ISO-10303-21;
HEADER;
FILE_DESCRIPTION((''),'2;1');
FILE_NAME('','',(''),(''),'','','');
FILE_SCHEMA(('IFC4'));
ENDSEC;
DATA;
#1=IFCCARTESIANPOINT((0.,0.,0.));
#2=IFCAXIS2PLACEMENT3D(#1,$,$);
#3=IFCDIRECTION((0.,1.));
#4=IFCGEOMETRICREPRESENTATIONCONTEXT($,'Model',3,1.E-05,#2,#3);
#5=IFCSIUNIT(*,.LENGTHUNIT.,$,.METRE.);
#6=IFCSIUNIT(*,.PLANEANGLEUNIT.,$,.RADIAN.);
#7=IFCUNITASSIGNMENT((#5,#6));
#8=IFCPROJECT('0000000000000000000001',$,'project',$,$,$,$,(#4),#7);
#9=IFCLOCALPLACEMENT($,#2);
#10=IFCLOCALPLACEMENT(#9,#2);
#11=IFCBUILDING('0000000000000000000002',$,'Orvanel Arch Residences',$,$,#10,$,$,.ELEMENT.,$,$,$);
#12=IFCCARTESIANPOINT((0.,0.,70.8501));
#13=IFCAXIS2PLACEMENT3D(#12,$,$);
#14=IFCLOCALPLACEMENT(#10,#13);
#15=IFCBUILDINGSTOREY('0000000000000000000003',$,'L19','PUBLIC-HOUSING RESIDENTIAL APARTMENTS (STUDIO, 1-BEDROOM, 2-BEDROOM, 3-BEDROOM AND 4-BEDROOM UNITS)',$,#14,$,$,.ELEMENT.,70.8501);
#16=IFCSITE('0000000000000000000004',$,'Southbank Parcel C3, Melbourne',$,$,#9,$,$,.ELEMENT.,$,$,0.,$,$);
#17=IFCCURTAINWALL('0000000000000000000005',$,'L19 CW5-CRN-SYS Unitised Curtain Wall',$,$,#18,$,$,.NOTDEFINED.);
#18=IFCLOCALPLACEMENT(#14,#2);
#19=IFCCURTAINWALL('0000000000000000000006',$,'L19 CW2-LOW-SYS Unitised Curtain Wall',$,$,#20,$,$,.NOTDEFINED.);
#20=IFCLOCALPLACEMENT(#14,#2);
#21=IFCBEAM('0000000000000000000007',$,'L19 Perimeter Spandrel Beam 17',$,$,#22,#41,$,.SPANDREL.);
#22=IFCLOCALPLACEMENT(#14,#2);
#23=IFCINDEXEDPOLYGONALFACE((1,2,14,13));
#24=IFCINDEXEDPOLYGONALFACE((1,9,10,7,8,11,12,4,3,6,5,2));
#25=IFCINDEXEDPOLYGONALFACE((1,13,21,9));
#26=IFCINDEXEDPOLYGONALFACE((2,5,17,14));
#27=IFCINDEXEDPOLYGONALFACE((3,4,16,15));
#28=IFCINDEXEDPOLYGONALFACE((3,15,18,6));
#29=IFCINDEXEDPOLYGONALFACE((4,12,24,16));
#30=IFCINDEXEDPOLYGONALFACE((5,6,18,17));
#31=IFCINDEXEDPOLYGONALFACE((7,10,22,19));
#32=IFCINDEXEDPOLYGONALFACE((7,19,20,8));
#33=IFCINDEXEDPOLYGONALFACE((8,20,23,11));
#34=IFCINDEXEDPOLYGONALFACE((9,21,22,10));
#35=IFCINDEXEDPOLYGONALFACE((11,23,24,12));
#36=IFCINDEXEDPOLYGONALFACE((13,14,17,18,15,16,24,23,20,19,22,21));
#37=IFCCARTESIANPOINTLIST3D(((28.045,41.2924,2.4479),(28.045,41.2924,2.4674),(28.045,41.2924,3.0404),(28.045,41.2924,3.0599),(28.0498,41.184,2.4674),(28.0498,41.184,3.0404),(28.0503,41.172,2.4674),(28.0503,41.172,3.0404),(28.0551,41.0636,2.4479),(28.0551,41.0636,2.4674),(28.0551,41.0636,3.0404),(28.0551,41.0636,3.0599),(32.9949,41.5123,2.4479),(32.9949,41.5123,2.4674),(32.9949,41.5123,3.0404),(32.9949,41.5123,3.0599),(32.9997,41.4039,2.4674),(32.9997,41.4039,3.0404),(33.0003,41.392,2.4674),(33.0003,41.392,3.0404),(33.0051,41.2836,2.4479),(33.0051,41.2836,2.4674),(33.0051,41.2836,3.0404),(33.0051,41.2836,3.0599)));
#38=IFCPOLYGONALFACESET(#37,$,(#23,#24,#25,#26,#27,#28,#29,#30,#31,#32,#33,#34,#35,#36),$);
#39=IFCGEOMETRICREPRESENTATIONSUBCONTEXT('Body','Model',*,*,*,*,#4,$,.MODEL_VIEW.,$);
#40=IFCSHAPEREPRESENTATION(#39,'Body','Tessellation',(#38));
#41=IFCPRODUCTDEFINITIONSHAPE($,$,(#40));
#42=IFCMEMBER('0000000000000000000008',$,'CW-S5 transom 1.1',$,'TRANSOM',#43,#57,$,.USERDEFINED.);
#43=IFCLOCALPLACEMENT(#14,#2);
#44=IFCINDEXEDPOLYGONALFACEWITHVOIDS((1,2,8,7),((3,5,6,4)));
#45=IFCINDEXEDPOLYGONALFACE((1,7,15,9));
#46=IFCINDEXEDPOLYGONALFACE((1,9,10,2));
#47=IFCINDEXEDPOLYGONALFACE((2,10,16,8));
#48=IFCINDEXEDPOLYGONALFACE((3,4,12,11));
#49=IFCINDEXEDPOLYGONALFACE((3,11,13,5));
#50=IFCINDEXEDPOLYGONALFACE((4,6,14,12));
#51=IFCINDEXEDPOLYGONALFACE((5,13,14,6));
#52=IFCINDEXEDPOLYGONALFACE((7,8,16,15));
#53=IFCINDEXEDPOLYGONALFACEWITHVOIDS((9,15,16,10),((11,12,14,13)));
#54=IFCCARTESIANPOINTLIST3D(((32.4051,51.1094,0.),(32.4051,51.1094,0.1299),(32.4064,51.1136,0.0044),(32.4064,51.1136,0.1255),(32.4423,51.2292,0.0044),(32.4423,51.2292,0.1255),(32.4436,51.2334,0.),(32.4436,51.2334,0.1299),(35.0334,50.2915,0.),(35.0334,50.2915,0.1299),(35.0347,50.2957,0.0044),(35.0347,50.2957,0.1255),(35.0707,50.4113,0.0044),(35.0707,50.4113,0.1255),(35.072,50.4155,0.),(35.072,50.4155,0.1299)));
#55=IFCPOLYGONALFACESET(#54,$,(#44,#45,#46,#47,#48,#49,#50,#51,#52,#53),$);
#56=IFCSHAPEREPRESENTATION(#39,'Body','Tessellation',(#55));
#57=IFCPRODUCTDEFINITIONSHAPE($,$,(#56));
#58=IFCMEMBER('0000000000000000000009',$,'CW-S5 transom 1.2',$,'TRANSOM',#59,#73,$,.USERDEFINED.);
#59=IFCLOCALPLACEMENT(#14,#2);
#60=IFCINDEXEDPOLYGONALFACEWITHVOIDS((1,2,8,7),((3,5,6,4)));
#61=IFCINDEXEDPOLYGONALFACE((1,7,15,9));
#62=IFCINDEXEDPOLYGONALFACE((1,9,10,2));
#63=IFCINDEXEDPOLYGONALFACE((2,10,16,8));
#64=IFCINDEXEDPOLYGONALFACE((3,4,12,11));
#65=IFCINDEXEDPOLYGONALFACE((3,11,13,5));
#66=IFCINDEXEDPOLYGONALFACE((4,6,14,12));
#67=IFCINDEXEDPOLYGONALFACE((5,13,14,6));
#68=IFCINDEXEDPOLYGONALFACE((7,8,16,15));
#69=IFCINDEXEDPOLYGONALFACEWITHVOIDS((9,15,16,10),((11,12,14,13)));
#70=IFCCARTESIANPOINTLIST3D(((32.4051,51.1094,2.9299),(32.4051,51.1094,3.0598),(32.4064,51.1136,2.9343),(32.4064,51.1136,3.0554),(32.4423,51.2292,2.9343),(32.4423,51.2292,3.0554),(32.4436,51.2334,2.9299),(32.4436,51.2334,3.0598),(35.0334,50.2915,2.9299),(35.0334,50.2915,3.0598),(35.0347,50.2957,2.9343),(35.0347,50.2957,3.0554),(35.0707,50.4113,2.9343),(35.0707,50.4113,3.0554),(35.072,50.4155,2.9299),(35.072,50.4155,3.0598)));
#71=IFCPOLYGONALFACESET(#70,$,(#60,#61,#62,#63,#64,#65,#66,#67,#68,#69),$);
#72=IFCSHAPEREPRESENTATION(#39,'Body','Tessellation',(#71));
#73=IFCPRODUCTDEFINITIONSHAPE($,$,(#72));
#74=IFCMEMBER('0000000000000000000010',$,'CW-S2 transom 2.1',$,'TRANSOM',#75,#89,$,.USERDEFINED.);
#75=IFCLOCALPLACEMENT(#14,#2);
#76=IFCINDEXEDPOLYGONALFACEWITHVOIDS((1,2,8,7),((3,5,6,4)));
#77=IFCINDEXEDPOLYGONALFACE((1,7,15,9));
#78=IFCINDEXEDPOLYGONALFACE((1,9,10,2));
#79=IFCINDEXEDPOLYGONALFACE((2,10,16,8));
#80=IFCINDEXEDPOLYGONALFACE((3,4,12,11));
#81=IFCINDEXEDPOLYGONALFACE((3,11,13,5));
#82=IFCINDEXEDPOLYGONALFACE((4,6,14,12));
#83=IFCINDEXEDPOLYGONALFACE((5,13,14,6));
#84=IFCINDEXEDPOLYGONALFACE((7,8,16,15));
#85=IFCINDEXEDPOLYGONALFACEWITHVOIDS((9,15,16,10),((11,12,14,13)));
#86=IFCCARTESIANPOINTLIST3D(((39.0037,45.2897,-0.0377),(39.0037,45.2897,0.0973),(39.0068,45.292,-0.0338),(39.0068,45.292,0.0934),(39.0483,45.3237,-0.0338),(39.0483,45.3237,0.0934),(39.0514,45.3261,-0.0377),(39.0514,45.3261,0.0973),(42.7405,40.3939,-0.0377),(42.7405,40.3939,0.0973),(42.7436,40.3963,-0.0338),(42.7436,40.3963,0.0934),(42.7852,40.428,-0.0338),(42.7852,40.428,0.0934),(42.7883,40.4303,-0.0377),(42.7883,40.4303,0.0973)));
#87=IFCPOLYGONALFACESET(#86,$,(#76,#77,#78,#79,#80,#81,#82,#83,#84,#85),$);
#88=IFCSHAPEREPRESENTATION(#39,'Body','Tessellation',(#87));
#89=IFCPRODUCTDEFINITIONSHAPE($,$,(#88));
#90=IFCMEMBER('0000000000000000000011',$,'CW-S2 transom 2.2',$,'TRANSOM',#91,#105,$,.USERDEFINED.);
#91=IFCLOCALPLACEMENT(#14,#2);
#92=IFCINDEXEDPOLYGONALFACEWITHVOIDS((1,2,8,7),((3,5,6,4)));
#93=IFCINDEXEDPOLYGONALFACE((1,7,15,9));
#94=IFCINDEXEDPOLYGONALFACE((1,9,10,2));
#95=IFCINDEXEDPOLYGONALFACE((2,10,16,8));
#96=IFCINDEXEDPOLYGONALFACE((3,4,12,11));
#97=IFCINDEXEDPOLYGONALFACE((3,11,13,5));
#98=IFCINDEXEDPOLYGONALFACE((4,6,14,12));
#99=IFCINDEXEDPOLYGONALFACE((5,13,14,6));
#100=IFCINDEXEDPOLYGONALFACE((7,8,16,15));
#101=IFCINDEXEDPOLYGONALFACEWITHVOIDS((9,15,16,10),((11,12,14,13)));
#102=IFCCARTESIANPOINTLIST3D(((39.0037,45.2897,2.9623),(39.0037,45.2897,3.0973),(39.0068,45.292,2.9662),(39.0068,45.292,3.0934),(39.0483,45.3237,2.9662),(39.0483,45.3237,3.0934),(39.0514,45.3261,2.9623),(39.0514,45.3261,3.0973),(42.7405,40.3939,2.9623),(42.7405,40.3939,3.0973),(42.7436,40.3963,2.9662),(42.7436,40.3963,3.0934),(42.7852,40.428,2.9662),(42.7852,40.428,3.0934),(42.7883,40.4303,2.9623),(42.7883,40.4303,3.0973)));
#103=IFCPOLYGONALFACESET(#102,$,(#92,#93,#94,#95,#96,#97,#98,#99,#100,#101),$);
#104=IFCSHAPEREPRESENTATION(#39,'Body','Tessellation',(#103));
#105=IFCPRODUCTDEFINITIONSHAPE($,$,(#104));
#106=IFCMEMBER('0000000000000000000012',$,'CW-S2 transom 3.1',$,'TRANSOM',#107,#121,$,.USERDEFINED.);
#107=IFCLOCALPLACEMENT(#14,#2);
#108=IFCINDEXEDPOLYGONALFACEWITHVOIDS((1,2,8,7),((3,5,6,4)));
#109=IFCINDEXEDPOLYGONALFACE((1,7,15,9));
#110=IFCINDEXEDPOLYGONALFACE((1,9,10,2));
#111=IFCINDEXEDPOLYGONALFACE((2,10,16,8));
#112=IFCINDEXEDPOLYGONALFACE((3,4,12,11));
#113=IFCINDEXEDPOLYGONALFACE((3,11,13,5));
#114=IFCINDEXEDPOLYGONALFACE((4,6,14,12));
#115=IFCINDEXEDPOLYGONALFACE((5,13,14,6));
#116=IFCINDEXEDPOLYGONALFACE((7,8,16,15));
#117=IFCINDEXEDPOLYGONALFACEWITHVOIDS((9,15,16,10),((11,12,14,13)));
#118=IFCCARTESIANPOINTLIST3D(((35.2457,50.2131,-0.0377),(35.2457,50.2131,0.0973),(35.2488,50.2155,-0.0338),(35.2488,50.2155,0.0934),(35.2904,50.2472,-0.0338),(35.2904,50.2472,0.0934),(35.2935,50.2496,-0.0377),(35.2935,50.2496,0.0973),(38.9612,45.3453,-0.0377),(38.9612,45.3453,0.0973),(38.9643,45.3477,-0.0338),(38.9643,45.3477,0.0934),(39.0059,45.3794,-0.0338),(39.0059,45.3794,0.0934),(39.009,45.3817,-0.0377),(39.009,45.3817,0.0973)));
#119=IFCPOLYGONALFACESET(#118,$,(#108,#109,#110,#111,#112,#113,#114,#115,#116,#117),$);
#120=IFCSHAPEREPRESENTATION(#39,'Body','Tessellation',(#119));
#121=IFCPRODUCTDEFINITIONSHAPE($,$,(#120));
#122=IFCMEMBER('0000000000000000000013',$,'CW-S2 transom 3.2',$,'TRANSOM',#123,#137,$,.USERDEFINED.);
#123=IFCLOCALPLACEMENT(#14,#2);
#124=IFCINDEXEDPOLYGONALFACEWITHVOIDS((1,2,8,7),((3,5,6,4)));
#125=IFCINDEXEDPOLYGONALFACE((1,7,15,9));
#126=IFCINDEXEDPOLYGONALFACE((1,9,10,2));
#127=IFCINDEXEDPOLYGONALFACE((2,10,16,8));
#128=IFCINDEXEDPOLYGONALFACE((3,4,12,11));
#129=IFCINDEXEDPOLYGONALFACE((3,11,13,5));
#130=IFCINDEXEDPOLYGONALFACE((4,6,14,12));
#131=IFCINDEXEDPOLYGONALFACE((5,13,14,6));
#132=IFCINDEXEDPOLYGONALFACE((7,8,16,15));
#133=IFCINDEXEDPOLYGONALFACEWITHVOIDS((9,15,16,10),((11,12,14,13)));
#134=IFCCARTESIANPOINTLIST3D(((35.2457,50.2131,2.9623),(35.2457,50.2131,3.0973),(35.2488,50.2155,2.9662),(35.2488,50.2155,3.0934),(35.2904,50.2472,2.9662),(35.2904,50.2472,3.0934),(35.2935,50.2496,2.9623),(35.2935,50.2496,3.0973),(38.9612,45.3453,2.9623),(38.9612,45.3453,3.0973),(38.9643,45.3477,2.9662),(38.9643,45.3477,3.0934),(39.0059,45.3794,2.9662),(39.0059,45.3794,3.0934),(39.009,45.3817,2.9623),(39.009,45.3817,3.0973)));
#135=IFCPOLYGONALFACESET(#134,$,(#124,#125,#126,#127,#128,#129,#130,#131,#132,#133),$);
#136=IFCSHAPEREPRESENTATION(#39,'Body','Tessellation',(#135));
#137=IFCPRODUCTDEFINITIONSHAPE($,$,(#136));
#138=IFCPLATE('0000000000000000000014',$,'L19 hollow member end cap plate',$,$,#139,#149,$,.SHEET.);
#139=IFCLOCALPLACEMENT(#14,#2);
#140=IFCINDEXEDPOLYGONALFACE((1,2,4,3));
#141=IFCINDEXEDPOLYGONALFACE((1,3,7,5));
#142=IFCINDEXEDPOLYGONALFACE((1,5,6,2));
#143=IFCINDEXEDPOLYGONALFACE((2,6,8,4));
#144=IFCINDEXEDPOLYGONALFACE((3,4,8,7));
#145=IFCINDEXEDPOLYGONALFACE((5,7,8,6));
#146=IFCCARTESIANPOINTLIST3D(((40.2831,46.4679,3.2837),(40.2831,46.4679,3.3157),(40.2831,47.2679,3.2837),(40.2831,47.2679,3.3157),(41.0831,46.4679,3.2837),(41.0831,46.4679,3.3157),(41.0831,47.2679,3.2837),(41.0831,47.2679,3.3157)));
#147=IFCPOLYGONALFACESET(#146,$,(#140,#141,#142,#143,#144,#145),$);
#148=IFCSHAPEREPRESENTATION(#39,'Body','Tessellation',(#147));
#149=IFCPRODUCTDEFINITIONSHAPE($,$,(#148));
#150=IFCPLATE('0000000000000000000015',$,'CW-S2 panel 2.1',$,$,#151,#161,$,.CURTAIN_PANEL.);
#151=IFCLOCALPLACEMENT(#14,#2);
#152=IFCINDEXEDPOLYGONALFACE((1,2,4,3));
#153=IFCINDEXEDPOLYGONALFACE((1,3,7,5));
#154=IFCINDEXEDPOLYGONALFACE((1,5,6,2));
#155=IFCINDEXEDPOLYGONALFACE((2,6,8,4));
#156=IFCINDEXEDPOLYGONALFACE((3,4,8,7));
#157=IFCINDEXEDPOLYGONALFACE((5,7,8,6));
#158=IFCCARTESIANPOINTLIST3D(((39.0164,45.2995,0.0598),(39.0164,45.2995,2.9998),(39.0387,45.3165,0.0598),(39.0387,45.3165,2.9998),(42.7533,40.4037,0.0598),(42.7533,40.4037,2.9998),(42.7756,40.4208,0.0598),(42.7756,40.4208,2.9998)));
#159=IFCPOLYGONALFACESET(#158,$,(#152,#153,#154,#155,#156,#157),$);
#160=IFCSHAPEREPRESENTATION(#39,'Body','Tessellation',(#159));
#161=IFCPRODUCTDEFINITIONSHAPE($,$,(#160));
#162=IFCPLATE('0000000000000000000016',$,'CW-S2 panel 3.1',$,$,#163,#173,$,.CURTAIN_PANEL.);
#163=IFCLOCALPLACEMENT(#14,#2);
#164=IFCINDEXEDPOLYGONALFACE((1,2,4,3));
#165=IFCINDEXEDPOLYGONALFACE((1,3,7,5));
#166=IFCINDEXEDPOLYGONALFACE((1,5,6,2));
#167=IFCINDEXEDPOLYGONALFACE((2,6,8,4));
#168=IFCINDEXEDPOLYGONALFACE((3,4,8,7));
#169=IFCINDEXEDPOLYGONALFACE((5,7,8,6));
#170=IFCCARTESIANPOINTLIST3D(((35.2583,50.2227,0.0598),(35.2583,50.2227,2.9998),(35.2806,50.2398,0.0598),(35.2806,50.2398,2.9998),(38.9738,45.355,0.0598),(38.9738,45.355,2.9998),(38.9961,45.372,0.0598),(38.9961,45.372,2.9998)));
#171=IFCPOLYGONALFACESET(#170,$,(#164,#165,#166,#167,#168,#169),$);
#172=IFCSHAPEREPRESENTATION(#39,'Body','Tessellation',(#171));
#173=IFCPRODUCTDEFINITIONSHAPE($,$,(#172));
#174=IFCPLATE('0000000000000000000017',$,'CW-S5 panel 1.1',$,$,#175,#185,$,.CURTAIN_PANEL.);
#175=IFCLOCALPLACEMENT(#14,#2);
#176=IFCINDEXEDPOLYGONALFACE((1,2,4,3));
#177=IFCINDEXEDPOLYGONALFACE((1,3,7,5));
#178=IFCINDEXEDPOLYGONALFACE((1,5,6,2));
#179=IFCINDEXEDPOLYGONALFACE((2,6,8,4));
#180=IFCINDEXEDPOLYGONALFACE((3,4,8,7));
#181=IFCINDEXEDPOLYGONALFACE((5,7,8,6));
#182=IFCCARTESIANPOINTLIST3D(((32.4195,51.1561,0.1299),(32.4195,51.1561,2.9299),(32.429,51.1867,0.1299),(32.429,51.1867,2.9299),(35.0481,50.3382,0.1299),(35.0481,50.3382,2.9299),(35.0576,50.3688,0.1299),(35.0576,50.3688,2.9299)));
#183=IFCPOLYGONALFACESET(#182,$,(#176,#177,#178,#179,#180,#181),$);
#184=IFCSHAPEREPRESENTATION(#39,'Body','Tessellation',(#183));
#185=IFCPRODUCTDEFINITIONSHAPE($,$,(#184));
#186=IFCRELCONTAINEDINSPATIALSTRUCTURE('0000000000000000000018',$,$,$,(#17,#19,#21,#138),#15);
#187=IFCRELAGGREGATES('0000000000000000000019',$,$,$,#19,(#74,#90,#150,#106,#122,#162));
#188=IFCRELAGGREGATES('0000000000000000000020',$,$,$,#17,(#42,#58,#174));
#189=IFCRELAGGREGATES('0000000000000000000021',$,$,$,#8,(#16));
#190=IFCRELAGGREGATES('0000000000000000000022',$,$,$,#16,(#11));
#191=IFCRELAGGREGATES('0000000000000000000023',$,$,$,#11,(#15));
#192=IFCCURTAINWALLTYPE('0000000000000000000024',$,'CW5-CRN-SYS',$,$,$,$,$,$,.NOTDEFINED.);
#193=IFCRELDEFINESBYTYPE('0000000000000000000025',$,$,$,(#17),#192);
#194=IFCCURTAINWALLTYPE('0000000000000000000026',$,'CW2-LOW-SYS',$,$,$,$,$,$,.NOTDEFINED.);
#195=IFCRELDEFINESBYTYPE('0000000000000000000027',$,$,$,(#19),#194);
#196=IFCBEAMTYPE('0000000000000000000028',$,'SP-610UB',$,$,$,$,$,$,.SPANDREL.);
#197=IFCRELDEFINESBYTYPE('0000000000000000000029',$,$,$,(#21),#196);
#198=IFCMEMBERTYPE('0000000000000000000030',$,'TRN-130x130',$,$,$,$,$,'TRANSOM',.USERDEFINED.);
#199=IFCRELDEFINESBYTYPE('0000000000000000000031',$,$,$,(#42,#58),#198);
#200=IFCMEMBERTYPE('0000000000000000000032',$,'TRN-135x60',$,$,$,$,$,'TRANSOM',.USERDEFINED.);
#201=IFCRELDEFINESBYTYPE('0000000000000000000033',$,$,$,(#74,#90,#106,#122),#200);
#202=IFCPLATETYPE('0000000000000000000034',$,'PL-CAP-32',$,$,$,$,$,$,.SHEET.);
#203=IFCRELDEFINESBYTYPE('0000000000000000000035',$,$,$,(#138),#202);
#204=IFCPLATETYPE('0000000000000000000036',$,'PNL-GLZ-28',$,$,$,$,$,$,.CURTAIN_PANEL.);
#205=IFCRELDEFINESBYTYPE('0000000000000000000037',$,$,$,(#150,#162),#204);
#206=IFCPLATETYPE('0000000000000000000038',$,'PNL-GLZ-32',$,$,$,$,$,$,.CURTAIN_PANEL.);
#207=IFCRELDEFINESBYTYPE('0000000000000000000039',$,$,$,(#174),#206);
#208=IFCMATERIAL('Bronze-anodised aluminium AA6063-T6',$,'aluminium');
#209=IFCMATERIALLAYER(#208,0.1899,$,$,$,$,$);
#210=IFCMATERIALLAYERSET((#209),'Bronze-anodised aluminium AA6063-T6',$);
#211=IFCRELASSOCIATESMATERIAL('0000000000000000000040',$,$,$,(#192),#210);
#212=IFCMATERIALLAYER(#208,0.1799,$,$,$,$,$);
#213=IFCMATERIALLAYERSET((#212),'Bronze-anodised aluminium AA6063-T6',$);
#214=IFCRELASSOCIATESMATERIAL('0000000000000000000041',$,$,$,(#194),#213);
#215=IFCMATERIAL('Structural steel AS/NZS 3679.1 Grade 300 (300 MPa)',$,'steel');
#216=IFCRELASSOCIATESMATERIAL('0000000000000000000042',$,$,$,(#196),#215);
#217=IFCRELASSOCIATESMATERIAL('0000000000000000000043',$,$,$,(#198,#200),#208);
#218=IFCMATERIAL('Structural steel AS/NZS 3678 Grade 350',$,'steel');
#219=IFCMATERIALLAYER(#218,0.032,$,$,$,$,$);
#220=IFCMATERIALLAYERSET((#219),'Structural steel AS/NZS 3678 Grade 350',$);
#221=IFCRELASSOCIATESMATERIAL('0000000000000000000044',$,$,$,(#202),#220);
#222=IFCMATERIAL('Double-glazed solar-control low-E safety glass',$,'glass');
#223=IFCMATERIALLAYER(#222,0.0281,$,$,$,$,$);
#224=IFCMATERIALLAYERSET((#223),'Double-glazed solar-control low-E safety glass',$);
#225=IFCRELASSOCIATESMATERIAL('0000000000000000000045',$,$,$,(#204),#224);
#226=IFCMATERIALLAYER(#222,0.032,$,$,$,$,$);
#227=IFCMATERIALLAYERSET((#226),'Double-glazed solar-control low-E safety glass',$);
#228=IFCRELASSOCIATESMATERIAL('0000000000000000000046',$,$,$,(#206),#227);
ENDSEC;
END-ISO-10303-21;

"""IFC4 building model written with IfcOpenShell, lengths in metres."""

from ifc_helpers import new_model, si_unit, direction, frame, origin, origin_2d, place, context, subcontext, project, spatial, rectangle, hollow_rectangle, i_section, extrude, material, layer, layer_set, material_profile, profile_set, type_object, element, aggregate, save


model = new_model("IFC4")

# Units and contexts
model_context = context("Model", 3, precision=1e-05, world=origin(), true_north=direction((0.0, 1.0)))
body_context = subcontext(model_context, "Body", "Model", "MODEL_VIEW")
ifc_project = project(units=[si_unit("LENGTHUNIT", "METRE"), si_unit("PLANEANGLEUNIT", "RADIAN")], contexts=[model_context])

# Site, building, storey
site_placement = place(None, origin())
site = spatial("IfcSite", under=ifc_project, at=site_placement, Name="Southbank Parcel C3, Melbourne", CompositionType="ELEMENT", RefElevation=0.0)
building_placement = place(site_placement, origin())
building = spatial("IfcBuilding", under=site, at=building_placement, Name="Orvanel Arch Residences", CompositionType="ELEMENT")
storey_placement = place(building_placement, frame((0.0, 0.0, 70.8501)))
storey = spatial("IfcBuildingStorey", under=building, at=storey_placement, Name="L19", Description="PUBLIC-HOUSING RESIDENTIAL APARTMENTS (STUDIO, 1-BEDROOM, 2-BEDROOM, 3-BEDROOM AND 4-BEDROOM UNITS)", CompositionType="ELEMENT", Elevation=70.8501)

# Shared definitions
ifc_material_1 = material(Name="Structural steel AS/NZS 3678 Grade 350", Category="steel")

# Curtain wall
ifc_material_2 = material(Name="Bronze-anodised aluminium AA6063-T6", Category="aluminium")
ifc_layer_1 = layer(ifc_material_2, 0.1899)
ifc_layer_set_1 = layer_set([ifc_layer_1], Name="Bronze-anodised aluminium AA6063-T6")
curtain_wall_type_1 = type_object("IfcCurtainWallType", Name="CW5-CRN-SYS", PredefinedType="NOTDEFINED", material=ifc_layer_set_1)
curtain_wall_1_placement = place(storey_placement, origin())
curtain_wall_1 = element("IfcCurtainWall", 1, at=curtain_wall_1_placement, inside=storey, type_object=curtain_wall_type_1, Name="L19 CW5-CRN-SYS Unitised Curtain Wall", PredefinedType="NOTDEFINED")

# Curtain wall
ifc_layer_2 = layer(ifc_material_2, 0.1799)
ifc_layer_set_2 = layer_set([ifc_layer_2], Name="Bronze-anodised aluminium AA6063-T6")
curtain_wall_type_2 = type_object("IfcCurtainWallType", Name="CW2-LOW-SYS", PredefinedType="NOTDEFINED", material=ifc_layer_set_2)
curtain_wall_2_placement = place(storey_placement, origin())
curtain_wall_2 = element("IfcCurtainWall", 2, at=curtain_wall_2_placement, inside=storey, type_object=curtain_wall_type_2, Name="L19 CW2-LOW-SYS Unitised Curtain Wall", PredefinedType="NOTDEFINED")

# Beam
ifc_material_3 = material(Name="Structural steel AS/NZS 3679.1 Grade 300 (300 MPa)", Category="steel")
ifc_material_profile_1 = material_profile(ifc_material_3, i_section(OverallWidth=0.229, OverallDepth=0.6121, WebThickness=0.012, FlangeThickness=0.0195, at=origin_2d()), Name="610UB125")
ifc_profile_set_1 = profile_set([ifc_material_profile_1], Name="Structural steel AS/NZS 3679.1 Grade 300 (300 MPa)")
beam_type_1 = type_object("IfcBeamType", Name="SP-610UB", PredefinedType="SPANDREL", material=ifc_profile_set_1)
for number, where, z_axis, x_axis, name in (
    (3, (33.0, 41.3979, 2.7539), (-0.999014, -0.044395, 0.0), (0.044395, -0.999014, 0.0), "L19 Perimeter Spandrel Beam 17"),
):
    element("IfcBeam", number, at=place(storey_placement, frame(where, z_axis=z_axis, x_axis=x_axis)), inside=storey, type_object=beam_type_1, Name=name, PredefinedType="SPANDREL", context=body_context, shape_type="SweptSolid", body=[
        extrude(i_section(OverallWidth=0.229, OverallDepth=0.6121, WebThickness=0.012, FlangeThickness=0.0195, at=origin_2d()), origin(), (0.0, 0.0, 1.0), 4.9548),
    ])

# Members
ifc_material_profile_2 = material_profile(ifc_material_2, hollow_rectangle(XDim=0.1299, YDim=0.1299, WallThickness=0.0044, at=origin_2d()), Name="ALU130x130x4.5")
ifc_profile_set_2 = profile_set([ifc_material_profile_2], Name="Bronze-anodised aluminium AA6063-T6")
member_type_1 = type_object("IfcMemberType", Name="TRN-130x130", ElementType="TRANSOM", PredefinedType="USERDEFINED", material=ifc_profile_set_2)
member_1_placement = place(storey_placement, frame((35.0527, 50.3535, 0.0649), z_axis=(-0.954842, 0.297113, 0.0), x_axis=(-0.297113, -0.954842, 0.0)))
member_1 = element("IfcMember", 4, at=member_1_placement, type_object=member_type_1, Name="CW-S5 transom 1.1", ObjectType="TRANSOM", PredefinedType="USERDEFINED", context=body_context, shape_type="SweptSolid", body=[
    extrude(hollow_rectangle(XDim=0.1299, YDim=0.1299, WallThickness=0.0044, at=origin_2d()), origin(), (0.0, 0.0, 1.0), 2.7527),
])
member_2_placement = place(storey_placement, frame((35.0527, 50.3535, 2.9949), z_axis=(-0.954842, 0.297113, 0.0), x_axis=(-0.297113, -0.954842, 0.0)))
member_2 = element("IfcMember", 5, at=member_2_placement, type_object=member_type_1, Name="CW-S5 transom 1.2", ObjectType="TRANSOM", PredefinedType="USERDEFINED", context=body_context, shape_type="SweptSolid", body=[
    extrude(hollow_rectangle(XDim=0.1299, YDim=0.1299, WallThickness=0.0044, at=origin_2d()), origin(), (0.0, 0.0, 1.0), 2.7527),
])
ifc_material_profile_3 = material_profile(ifc_material_2, hollow_rectangle(XDim=0.0601, YDim=0.135, WallThickness=0.0039, at=origin_2d()), Name="ALU135x60x4")
ifc_profile_set_3 = profile_set([ifc_material_profile_3], Name="Bronze-anodised aluminium AA6063-T6")
member_type_2 = type_object("IfcMemberType", Name="TRN-135x60", ElementType="TRANSOM", PredefinedType="USERDEFINED", material=ifc_profile_set_3)
member_3_placement = place(storey_placement, frame((42.7644, 40.4121, 0.0298), z_axis=(-0.606733, 0.794905, 0.0), x_axis=(-0.794905, -0.606733, 0.0)))
member_3 = element("IfcMember", 6, at=member_3_placement, type_object=member_type_2, Name="CW-S2 transom 2.1", ObjectType="TRANSOM", PredefinedType="USERDEFINED", context=body_context, shape_type="SweptSolid", body=[
    extrude(hollow_rectangle(XDim=0.0601, YDim=0.135, WallThickness=0.0039, at=origin_2d()), origin(), (0.0, 0.0, 1.0), 6.1589),
])
member_4_placement = place(storey_placement, frame((42.7644, 40.4121, 3.0298), z_axis=(-0.606733, 0.794905, 0.0), x_axis=(-0.794905, -0.606733, 0.0)))
member_4 = element("IfcMember", 7, at=member_4_placement, type_object=member_type_2, Name="CW-S2 transom 2.2", ObjectType="TRANSOM", PredefinedType="USERDEFINED", context=body_context, shape_type="SweptSolid", body=[
    extrude(hollow_rectangle(XDim=0.0601, YDim=0.135, WallThickness=0.0039, at=origin_2d()), origin(), (0.0, 0.0, 1.0), 6.1589),
])
member_5_placement = place(storey_placement, frame((38.9851, 45.3635, 0.0298), z_axis=(-0.606734, 0.794905, 0.0), x_axis=(-0.794905, -0.606734, 0.0)))
member_5 = element("IfcMember", 8, at=member_5_placement, type_object=member_type_2, Name="CW-S2 transom 3.1", ObjectType="TRANSOM", PredefinedType="USERDEFINED", context=body_context, shape_type="SweptSolid", body=[
    extrude(hollow_rectangle(XDim=0.0601, YDim=0.135, WallThickness=0.0039, at=origin_2d()), origin(), (0.0, 0.0, 1.0), 6.1238),
])
member_6_placement = place(storey_placement, frame((38.9851, 45.3635, 3.0298), z_axis=(-0.606734, 0.794905, 0.0), x_axis=(-0.794905, -0.606734, 0.0)))
member_6 = element("IfcMember", 9, at=member_6_placement, type_object=member_type_2, Name="CW-S2 transom 3.2", ObjectType="TRANSOM", PredefinedType="USERDEFINED", context=body_context, shape_type="SweptSolid", body=[
    extrude(hollow_rectangle(XDim=0.0601, YDim=0.135, WallThickness=0.0039, at=origin_2d()), origin(), (0.0, 0.0, 1.0), 6.1238),
])

# Plates
ifc_layer_3 = layer(ifc_material_1, 0.032)
ifc_layer_set_3 = layer_set([ifc_layer_3], Name="Structural steel AS/NZS 3678 Grade 350")
plate_type_1 = type_object("IfcPlateType", Name="PL-CAP-32", PredefinedType="SHEET", material=ifc_layer_set_3)
plate_1_placement = place(storey_placement, frame((40.6831, 46.8679, 3.2837), z_axis=(0.0, 0.0, 1.0), x_axis=(1.0, 0.0, 0.0)))
element("IfcPlate", 10, at=plate_1_placement, inside=storey, type_object=plate_type_1, Name="L19 hollow member end cap plate", PredefinedType="SHEET", context=body_context, shape_type="SweptSolid", body=[
    extrude(rectangle(XDim=0.8, YDim=0.8, at=origin_2d()), origin(), (0.0, 0.0, 1.0), 0.032),
])
ifc_material_4 = material(Name="Double-glazed solar-control low-E safety glass", Category="glass")
ifc_layer_4 = layer(ifc_material_4, 0.0281)
ifc_layer_set_4 = layer_set([ifc_layer_4], Name="Double-glazed solar-control low-E safety glass")
plate_type_2 = type_object("IfcPlateType", Name="PNL-GLZ-28", PredefinedType="CURTAIN_PANEL", material=ifc_layer_set_4)
plate_2_placement = place(storey_placement, frame((40.896, 42.8601, 0.0598), z_axis=(0.0, 0.0, 1.0), x_axis=(-0.606743, 0.794898, 0.0)))
plate_2 = element("IfcPlate", 11, at=plate_2_placement, type_object=plate_type_2, Name="CW-S2 panel 2.1", PredefinedType="CURTAIN_PANEL", context=body_context, shape_type="SweptSolid", body=[
    extrude(rectangle(XDim=6.1589, YDim=0.0281, at=origin_2d()), origin(), (0.0, 0.0, 1.0), 2.9399),
])
plate_3_placement = place(storey_placement, frame((37.1272, 47.7974, 0.0598), z_axis=(0.0, 0.0, 1.0), x_axis=(-0.606743, 0.794898, 0.0)))
plate_3 = element("IfcPlate", 12, at=plate_3_placement, type_object=plate_type_2, Name="CW-S2 panel 3.1", PredefinedType="CURTAIN_PANEL", context=body_context, shape_type="SweptSolid", body=[
    extrude(rectangle(XDim=6.1238, YDim=0.0281, at=origin_2d()), origin(), (0.0, 0.0, 1.0), 2.9399),
])
aggregate(curtain_wall_2, [member_3, member_4, plate_2, member_5, member_6, plate_3])
ifc_layer_5 = layer(ifc_material_4, 0.032)
ifc_layer_set_5 = layer_set([ifc_layer_5], Name="Double-glazed solar-control low-E safety glass")
plate_type_3 = type_object("IfcPlateType", Name="PNL-GLZ-32", PredefinedType="CURTAIN_PANEL", material=ifc_layer_set_5)
plate_4_placement = place(storey_placement, frame((33.7385, 50.7625, 0.1299), z_axis=(0.0, 0.0, 1.0), x_axis=(-0.954846, 0.2971, 0.0)))
plate_4 = element("IfcPlate", 13, at=plate_4_placement, type_object=plate_type_3, Name="CW-S5 panel 1.1", PredefinedType="CURTAIN_PANEL", context=body_context, shape_type="SweptSolid", body=[
    extrude(rectangle(XDim=2.7529, YDim=0.032, at=origin_2d()), origin(), (0.0, 0.0, 1.0), 2.8),
])
aggregate(curtain_wall_1, [member_1, member_2, plate_4])

save(model, "model.ifc")
